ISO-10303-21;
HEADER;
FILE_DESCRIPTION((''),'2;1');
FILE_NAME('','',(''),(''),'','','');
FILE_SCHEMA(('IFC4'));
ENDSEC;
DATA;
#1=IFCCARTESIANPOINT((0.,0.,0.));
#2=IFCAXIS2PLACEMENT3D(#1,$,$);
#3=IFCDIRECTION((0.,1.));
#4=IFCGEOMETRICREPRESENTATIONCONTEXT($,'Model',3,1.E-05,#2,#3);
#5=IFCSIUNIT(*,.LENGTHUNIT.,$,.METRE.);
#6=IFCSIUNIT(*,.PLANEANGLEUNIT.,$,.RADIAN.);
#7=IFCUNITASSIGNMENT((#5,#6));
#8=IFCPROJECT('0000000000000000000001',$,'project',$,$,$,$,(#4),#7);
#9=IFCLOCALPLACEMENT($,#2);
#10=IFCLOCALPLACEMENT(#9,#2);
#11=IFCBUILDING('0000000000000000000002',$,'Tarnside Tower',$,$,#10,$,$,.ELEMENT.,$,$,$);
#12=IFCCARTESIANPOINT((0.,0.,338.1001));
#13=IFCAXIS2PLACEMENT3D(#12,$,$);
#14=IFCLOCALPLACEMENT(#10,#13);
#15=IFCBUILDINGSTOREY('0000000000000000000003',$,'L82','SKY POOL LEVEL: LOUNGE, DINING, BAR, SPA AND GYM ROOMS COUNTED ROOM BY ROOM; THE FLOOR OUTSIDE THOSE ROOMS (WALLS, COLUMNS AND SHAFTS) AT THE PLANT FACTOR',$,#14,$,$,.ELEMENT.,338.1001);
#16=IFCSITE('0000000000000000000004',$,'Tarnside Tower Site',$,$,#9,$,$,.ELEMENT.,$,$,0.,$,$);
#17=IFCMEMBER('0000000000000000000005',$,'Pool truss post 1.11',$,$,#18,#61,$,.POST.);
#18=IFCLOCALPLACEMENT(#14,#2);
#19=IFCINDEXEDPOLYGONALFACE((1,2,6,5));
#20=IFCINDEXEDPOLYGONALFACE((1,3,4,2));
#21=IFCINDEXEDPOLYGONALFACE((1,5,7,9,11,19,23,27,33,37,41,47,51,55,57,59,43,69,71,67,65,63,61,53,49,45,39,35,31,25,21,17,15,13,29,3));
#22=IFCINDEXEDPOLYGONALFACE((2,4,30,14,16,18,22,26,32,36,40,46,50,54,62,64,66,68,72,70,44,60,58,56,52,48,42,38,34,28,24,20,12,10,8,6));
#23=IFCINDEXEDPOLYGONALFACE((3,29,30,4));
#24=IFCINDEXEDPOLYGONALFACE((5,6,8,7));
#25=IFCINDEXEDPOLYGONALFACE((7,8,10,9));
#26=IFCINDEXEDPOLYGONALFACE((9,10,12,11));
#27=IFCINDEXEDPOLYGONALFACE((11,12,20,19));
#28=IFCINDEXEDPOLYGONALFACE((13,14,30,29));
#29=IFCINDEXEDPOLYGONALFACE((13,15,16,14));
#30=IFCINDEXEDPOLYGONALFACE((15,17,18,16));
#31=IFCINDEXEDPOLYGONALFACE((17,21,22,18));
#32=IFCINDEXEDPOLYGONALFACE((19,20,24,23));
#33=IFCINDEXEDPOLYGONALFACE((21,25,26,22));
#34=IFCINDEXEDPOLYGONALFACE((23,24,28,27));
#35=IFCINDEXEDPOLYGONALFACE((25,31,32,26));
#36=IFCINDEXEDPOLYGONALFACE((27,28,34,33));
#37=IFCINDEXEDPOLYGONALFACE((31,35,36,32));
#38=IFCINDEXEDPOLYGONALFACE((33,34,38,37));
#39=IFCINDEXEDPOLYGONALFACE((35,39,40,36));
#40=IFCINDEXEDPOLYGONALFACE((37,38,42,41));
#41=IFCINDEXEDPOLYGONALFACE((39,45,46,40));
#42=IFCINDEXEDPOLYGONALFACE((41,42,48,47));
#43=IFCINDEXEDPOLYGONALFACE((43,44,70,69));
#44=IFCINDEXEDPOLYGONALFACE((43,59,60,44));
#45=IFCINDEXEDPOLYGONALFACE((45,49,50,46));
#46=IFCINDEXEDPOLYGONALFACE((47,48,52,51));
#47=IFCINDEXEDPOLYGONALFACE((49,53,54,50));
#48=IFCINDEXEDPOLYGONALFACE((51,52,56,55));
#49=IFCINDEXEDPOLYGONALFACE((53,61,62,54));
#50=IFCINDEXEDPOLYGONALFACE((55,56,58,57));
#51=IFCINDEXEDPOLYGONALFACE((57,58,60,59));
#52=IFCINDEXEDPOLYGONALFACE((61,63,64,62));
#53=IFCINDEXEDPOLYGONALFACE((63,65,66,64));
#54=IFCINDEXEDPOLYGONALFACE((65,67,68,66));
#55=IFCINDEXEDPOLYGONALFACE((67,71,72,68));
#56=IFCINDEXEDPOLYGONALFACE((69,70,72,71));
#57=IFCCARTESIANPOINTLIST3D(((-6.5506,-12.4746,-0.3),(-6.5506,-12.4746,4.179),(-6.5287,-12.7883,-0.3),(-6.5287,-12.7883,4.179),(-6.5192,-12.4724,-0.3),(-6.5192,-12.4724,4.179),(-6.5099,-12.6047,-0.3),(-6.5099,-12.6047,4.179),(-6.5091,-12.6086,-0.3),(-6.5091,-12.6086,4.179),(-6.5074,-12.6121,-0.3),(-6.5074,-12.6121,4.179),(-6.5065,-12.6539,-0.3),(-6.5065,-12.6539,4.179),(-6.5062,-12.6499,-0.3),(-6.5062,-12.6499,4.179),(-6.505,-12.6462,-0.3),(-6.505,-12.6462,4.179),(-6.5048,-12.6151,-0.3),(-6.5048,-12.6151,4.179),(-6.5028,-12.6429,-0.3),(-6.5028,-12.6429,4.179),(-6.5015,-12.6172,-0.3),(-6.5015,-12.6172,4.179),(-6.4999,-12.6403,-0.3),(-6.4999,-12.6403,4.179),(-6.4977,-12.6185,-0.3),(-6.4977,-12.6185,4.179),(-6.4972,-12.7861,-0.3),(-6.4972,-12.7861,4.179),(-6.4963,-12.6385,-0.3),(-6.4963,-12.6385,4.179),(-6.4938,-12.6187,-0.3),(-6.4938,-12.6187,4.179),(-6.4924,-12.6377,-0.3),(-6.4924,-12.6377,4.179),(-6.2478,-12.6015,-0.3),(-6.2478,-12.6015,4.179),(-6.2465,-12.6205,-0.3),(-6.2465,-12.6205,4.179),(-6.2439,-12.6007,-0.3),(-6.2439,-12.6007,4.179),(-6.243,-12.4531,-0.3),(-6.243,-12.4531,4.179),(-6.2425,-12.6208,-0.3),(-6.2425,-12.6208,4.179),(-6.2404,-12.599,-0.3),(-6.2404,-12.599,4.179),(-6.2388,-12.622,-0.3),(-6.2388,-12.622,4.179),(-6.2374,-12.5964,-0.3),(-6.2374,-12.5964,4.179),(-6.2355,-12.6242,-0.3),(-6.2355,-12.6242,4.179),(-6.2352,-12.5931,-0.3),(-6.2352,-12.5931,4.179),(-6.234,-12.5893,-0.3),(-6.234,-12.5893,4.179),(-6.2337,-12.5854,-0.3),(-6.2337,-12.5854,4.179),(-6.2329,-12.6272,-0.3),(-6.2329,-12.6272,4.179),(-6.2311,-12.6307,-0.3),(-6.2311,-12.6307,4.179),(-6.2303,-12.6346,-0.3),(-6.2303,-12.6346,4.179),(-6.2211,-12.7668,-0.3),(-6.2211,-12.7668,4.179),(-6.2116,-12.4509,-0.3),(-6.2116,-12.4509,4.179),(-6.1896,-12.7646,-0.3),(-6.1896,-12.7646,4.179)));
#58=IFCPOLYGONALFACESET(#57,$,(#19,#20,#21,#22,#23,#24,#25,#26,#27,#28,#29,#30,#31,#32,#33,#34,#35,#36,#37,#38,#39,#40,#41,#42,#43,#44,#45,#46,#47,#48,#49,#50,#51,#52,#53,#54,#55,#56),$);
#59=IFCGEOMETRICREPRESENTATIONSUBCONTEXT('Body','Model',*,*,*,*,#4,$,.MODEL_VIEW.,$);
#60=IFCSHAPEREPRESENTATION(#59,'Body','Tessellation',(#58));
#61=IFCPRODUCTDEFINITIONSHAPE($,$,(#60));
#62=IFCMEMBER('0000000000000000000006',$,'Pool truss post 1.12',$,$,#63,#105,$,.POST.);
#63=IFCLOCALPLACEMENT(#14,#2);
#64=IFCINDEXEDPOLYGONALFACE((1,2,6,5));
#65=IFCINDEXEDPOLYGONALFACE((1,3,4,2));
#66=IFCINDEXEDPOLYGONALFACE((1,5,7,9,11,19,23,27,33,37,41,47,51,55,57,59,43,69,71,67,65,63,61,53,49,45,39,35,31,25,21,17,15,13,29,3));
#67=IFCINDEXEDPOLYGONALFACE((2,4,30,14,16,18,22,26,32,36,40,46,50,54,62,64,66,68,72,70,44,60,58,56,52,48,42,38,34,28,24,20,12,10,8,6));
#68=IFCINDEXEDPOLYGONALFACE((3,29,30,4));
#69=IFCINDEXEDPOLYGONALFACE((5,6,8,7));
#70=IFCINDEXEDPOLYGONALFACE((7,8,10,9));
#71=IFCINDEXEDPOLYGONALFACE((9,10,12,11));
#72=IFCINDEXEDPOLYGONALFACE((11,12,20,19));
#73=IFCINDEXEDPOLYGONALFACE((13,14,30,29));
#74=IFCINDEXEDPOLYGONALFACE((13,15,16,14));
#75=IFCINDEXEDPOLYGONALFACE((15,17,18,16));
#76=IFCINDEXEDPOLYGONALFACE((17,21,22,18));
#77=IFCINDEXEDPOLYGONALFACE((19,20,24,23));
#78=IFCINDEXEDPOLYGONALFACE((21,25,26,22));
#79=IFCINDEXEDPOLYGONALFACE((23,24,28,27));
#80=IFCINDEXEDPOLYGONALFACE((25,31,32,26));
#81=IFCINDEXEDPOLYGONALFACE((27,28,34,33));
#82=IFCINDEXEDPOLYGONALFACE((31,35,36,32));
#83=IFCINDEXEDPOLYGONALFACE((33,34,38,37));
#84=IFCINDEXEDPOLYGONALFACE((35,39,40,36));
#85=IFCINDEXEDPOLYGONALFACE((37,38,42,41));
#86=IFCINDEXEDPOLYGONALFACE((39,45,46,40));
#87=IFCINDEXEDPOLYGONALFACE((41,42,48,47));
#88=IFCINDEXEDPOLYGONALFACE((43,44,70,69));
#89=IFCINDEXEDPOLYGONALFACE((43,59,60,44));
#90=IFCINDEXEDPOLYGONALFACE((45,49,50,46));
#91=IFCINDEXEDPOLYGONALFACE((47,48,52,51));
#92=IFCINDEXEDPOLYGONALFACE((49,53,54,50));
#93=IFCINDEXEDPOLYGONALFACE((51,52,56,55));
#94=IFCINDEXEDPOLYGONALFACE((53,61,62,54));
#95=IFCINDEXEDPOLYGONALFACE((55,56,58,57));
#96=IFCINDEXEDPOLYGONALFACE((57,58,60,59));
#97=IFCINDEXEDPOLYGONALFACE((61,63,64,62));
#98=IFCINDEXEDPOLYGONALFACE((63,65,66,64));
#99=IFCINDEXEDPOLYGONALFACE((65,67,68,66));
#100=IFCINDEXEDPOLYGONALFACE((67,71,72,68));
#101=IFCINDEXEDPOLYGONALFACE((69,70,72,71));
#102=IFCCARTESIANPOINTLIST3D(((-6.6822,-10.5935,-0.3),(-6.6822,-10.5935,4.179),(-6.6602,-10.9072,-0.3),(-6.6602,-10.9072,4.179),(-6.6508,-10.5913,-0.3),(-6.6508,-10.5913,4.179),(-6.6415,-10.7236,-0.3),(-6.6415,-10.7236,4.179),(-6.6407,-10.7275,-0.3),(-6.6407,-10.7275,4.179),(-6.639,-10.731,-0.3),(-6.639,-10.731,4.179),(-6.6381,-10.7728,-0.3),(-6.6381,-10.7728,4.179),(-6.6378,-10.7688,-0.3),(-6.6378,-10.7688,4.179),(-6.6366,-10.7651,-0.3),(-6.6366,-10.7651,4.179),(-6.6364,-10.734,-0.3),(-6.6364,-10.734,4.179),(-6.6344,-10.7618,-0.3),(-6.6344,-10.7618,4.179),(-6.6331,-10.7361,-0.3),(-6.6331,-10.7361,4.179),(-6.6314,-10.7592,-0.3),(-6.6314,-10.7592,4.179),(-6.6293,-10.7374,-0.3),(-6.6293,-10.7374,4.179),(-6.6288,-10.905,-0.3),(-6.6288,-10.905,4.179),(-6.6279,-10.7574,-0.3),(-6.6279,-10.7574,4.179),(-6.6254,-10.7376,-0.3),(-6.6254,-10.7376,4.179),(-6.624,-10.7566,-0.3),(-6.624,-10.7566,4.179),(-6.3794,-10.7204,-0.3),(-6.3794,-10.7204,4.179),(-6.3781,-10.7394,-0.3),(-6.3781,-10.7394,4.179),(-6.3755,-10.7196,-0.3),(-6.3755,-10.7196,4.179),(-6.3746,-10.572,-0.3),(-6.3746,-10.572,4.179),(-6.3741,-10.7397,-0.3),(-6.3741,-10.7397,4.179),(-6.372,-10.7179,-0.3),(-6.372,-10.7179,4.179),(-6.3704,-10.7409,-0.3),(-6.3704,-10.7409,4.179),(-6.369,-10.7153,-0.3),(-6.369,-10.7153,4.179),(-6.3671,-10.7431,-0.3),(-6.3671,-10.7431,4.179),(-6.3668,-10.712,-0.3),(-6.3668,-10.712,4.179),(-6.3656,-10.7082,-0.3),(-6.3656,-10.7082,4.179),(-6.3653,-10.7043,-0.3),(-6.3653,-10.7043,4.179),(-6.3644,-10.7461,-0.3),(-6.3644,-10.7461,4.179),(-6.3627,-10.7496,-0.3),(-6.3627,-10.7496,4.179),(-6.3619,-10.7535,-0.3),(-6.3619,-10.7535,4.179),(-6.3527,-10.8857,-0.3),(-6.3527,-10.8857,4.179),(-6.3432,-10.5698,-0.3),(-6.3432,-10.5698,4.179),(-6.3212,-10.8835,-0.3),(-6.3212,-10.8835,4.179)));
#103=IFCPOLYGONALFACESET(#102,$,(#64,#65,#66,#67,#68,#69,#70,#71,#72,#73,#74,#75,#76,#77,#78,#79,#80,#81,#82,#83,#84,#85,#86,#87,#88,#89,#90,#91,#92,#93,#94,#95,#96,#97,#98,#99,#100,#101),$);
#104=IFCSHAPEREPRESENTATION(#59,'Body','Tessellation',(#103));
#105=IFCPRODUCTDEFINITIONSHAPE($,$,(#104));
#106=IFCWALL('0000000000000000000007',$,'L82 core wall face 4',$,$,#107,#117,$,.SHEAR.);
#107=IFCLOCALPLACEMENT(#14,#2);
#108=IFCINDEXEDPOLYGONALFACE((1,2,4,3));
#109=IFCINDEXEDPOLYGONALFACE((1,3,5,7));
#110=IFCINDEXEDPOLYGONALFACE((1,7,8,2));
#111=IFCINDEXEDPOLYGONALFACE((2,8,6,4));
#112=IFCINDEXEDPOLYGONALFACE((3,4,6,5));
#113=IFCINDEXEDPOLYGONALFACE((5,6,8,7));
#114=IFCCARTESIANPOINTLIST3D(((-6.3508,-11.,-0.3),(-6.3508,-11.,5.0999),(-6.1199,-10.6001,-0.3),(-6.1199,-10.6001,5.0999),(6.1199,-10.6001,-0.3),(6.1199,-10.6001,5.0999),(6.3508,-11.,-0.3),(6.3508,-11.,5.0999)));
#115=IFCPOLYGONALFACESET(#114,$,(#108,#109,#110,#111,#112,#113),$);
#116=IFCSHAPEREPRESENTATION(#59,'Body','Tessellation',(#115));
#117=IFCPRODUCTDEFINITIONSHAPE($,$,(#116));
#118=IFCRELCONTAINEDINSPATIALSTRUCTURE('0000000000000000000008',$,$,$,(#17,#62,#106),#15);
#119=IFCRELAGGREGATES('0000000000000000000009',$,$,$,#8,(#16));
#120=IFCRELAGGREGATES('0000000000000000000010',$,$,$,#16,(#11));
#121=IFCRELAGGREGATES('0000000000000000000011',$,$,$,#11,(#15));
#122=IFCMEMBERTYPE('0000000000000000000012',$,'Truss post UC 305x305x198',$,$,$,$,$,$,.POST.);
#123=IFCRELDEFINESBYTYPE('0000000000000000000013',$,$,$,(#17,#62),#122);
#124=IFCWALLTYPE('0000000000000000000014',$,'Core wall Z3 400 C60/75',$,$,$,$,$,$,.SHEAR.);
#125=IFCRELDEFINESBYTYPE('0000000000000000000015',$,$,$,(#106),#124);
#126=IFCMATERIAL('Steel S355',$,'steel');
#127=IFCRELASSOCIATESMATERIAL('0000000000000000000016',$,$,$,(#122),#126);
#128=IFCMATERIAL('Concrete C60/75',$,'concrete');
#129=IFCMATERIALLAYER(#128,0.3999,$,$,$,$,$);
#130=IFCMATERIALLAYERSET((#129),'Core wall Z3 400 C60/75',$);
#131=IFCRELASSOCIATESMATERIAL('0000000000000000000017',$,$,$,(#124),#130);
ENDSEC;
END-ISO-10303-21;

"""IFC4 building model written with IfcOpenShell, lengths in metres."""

from ifc_helpers import new_model, si_unit, direction, frame, origin, origin_2d, place, context, subcontext, project, spatial, polyline, i_section, outline, extrude, material, layer, layer_set, material_profile, profile_set, type_object, element, save


model = new_model("IFC4")

# Units and contexts
model_context = context("Model", 3, precision=1e-05, world=origin(), true_north=direction((0.0, 1.0)))
body_context = subcontext(model_context, "Body", "Model", "MODEL_VIEW")
ifc_project = project(units=[si_unit("LENGTHUNIT", "METRE"), si_unit("PLANEANGLEUNIT", "RADIAN")], contexts=[model_context])

# Site, building, storey
site_placement = place(None, origin())
site = spatial("IfcSite", under=ifc_project, at=site_placement, Name="Tarnside Tower Site", CompositionType="ELEMENT", RefElevation=0.0)
building_placement = place(site_placement, origin())
building = spatial("IfcBuilding", under=site, at=building_placement, Name="Tarnside Tower", CompositionType="ELEMENT")
storey_placement = place(building_placement, frame((0.0, 0.0, 338.1001)))
storey = spatial("IfcBuildingStorey", under=building, at=storey_placement, Name="L82", Description="SKY POOL LEVEL: LOUNGE, DINING, BAR, SPA AND GYM ROOMS COUNTED ROOM BY ROOM; THE FLOOR OUTSIDE THOSE ROOMS (WALLS, COLUMNS AND SHAFTS) AT THE PLANT FACTOR", CompositionType="ELEMENT", Elevation=338.1001)

# Shared definitions
ifc_material_1 = material(Name="Steel S355", Category="steel")

# Members
ifc_material_profile_1 = material_profile(ifc_material_1, i_section(OverallWidth=0.3145, OverallDepth=0.3398, WebThickness=0.019, FlangeThickness=0.0315, FilletRadius=0.0151, at=origin_2d()), Name="UC 305x305x198")
ifc_profile_set_1 = profile_set([ifc_material_profile_1], Name="Steel S355")
member_type_1 = type_object("IfcMemberType", Name="Truss post UC 305x305x198", PredefinedType="POST", material=ifc_profile_set_1)
for number, where, z_axis, x_axis, name in (
    (1, (-6.3701, -12.6196, -0.3), (0.0, 0.0, 1.0), (-0.069756, 0.997564, 0.0), "Pool truss post 1.11"),
    (2, (-6.5017, -10.7385, -0.3), (0.0, 0.0, 1.0), (-0.069756, 0.997564, 0.0), "Pool truss post 1.12"),
):
    element("IfcMember", number, at=place(storey_placement, frame(where, z_axis=z_axis, x_axis=x_axis)), inside=storey, type_object=member_type_1, Name=name, PredefinedType="POST", context=body_context, shape_type="SweptSolid", body=[
        extrude(i_section(OverallWidth=0.3145, OverallDepth=0.3398, WebThickness=0.019, FlangeThickness=0.0315, FilletRadius=0.0151, at=origin_2d()), origin(), (0.0, 0.0, 1.0), 4.479),
    ])

# Wall
ifc_material_2 = material(Name="Concrete C60/75", Category="concrete")
ifc_layer_1 = layer(ifc_material_2, 0.3999)
ifc_layer_set_1 = layer_set([ifc_layer_1], Name="Core wall Z3 400 C60/75")
wall_type_1 = type_object("IfcWallType", Name="Core wall Z3 400 C60/75", PredefinedType="SHEAR", material=ifc_layer_set_1)
wall_1_placement = place(storey_placement, frame((-6.2354, -10.8, -0.3), z_axis=(0.0, 0.0, 1.0), x_axis=(1.0, 0.0, 0.0)))
element("IfcWall", 3, at=wall_1_placement, inside=storey, type_object=wall_type_1, Name="L82 core wall face 4", PredefinedType="SHEAR", context=body_context, shape_type="SweptSolid", body=[
    extrude(outline(polyline([(-0.1155, -0.2), (12.5862, -0.2), (12.3552, 0.2), (0.1155, 0.2), (-0.1155, -0.2)])), origin(), (0.0, 0.0, 1.0), 5.3999),
])

save(model, "model.ifc")
